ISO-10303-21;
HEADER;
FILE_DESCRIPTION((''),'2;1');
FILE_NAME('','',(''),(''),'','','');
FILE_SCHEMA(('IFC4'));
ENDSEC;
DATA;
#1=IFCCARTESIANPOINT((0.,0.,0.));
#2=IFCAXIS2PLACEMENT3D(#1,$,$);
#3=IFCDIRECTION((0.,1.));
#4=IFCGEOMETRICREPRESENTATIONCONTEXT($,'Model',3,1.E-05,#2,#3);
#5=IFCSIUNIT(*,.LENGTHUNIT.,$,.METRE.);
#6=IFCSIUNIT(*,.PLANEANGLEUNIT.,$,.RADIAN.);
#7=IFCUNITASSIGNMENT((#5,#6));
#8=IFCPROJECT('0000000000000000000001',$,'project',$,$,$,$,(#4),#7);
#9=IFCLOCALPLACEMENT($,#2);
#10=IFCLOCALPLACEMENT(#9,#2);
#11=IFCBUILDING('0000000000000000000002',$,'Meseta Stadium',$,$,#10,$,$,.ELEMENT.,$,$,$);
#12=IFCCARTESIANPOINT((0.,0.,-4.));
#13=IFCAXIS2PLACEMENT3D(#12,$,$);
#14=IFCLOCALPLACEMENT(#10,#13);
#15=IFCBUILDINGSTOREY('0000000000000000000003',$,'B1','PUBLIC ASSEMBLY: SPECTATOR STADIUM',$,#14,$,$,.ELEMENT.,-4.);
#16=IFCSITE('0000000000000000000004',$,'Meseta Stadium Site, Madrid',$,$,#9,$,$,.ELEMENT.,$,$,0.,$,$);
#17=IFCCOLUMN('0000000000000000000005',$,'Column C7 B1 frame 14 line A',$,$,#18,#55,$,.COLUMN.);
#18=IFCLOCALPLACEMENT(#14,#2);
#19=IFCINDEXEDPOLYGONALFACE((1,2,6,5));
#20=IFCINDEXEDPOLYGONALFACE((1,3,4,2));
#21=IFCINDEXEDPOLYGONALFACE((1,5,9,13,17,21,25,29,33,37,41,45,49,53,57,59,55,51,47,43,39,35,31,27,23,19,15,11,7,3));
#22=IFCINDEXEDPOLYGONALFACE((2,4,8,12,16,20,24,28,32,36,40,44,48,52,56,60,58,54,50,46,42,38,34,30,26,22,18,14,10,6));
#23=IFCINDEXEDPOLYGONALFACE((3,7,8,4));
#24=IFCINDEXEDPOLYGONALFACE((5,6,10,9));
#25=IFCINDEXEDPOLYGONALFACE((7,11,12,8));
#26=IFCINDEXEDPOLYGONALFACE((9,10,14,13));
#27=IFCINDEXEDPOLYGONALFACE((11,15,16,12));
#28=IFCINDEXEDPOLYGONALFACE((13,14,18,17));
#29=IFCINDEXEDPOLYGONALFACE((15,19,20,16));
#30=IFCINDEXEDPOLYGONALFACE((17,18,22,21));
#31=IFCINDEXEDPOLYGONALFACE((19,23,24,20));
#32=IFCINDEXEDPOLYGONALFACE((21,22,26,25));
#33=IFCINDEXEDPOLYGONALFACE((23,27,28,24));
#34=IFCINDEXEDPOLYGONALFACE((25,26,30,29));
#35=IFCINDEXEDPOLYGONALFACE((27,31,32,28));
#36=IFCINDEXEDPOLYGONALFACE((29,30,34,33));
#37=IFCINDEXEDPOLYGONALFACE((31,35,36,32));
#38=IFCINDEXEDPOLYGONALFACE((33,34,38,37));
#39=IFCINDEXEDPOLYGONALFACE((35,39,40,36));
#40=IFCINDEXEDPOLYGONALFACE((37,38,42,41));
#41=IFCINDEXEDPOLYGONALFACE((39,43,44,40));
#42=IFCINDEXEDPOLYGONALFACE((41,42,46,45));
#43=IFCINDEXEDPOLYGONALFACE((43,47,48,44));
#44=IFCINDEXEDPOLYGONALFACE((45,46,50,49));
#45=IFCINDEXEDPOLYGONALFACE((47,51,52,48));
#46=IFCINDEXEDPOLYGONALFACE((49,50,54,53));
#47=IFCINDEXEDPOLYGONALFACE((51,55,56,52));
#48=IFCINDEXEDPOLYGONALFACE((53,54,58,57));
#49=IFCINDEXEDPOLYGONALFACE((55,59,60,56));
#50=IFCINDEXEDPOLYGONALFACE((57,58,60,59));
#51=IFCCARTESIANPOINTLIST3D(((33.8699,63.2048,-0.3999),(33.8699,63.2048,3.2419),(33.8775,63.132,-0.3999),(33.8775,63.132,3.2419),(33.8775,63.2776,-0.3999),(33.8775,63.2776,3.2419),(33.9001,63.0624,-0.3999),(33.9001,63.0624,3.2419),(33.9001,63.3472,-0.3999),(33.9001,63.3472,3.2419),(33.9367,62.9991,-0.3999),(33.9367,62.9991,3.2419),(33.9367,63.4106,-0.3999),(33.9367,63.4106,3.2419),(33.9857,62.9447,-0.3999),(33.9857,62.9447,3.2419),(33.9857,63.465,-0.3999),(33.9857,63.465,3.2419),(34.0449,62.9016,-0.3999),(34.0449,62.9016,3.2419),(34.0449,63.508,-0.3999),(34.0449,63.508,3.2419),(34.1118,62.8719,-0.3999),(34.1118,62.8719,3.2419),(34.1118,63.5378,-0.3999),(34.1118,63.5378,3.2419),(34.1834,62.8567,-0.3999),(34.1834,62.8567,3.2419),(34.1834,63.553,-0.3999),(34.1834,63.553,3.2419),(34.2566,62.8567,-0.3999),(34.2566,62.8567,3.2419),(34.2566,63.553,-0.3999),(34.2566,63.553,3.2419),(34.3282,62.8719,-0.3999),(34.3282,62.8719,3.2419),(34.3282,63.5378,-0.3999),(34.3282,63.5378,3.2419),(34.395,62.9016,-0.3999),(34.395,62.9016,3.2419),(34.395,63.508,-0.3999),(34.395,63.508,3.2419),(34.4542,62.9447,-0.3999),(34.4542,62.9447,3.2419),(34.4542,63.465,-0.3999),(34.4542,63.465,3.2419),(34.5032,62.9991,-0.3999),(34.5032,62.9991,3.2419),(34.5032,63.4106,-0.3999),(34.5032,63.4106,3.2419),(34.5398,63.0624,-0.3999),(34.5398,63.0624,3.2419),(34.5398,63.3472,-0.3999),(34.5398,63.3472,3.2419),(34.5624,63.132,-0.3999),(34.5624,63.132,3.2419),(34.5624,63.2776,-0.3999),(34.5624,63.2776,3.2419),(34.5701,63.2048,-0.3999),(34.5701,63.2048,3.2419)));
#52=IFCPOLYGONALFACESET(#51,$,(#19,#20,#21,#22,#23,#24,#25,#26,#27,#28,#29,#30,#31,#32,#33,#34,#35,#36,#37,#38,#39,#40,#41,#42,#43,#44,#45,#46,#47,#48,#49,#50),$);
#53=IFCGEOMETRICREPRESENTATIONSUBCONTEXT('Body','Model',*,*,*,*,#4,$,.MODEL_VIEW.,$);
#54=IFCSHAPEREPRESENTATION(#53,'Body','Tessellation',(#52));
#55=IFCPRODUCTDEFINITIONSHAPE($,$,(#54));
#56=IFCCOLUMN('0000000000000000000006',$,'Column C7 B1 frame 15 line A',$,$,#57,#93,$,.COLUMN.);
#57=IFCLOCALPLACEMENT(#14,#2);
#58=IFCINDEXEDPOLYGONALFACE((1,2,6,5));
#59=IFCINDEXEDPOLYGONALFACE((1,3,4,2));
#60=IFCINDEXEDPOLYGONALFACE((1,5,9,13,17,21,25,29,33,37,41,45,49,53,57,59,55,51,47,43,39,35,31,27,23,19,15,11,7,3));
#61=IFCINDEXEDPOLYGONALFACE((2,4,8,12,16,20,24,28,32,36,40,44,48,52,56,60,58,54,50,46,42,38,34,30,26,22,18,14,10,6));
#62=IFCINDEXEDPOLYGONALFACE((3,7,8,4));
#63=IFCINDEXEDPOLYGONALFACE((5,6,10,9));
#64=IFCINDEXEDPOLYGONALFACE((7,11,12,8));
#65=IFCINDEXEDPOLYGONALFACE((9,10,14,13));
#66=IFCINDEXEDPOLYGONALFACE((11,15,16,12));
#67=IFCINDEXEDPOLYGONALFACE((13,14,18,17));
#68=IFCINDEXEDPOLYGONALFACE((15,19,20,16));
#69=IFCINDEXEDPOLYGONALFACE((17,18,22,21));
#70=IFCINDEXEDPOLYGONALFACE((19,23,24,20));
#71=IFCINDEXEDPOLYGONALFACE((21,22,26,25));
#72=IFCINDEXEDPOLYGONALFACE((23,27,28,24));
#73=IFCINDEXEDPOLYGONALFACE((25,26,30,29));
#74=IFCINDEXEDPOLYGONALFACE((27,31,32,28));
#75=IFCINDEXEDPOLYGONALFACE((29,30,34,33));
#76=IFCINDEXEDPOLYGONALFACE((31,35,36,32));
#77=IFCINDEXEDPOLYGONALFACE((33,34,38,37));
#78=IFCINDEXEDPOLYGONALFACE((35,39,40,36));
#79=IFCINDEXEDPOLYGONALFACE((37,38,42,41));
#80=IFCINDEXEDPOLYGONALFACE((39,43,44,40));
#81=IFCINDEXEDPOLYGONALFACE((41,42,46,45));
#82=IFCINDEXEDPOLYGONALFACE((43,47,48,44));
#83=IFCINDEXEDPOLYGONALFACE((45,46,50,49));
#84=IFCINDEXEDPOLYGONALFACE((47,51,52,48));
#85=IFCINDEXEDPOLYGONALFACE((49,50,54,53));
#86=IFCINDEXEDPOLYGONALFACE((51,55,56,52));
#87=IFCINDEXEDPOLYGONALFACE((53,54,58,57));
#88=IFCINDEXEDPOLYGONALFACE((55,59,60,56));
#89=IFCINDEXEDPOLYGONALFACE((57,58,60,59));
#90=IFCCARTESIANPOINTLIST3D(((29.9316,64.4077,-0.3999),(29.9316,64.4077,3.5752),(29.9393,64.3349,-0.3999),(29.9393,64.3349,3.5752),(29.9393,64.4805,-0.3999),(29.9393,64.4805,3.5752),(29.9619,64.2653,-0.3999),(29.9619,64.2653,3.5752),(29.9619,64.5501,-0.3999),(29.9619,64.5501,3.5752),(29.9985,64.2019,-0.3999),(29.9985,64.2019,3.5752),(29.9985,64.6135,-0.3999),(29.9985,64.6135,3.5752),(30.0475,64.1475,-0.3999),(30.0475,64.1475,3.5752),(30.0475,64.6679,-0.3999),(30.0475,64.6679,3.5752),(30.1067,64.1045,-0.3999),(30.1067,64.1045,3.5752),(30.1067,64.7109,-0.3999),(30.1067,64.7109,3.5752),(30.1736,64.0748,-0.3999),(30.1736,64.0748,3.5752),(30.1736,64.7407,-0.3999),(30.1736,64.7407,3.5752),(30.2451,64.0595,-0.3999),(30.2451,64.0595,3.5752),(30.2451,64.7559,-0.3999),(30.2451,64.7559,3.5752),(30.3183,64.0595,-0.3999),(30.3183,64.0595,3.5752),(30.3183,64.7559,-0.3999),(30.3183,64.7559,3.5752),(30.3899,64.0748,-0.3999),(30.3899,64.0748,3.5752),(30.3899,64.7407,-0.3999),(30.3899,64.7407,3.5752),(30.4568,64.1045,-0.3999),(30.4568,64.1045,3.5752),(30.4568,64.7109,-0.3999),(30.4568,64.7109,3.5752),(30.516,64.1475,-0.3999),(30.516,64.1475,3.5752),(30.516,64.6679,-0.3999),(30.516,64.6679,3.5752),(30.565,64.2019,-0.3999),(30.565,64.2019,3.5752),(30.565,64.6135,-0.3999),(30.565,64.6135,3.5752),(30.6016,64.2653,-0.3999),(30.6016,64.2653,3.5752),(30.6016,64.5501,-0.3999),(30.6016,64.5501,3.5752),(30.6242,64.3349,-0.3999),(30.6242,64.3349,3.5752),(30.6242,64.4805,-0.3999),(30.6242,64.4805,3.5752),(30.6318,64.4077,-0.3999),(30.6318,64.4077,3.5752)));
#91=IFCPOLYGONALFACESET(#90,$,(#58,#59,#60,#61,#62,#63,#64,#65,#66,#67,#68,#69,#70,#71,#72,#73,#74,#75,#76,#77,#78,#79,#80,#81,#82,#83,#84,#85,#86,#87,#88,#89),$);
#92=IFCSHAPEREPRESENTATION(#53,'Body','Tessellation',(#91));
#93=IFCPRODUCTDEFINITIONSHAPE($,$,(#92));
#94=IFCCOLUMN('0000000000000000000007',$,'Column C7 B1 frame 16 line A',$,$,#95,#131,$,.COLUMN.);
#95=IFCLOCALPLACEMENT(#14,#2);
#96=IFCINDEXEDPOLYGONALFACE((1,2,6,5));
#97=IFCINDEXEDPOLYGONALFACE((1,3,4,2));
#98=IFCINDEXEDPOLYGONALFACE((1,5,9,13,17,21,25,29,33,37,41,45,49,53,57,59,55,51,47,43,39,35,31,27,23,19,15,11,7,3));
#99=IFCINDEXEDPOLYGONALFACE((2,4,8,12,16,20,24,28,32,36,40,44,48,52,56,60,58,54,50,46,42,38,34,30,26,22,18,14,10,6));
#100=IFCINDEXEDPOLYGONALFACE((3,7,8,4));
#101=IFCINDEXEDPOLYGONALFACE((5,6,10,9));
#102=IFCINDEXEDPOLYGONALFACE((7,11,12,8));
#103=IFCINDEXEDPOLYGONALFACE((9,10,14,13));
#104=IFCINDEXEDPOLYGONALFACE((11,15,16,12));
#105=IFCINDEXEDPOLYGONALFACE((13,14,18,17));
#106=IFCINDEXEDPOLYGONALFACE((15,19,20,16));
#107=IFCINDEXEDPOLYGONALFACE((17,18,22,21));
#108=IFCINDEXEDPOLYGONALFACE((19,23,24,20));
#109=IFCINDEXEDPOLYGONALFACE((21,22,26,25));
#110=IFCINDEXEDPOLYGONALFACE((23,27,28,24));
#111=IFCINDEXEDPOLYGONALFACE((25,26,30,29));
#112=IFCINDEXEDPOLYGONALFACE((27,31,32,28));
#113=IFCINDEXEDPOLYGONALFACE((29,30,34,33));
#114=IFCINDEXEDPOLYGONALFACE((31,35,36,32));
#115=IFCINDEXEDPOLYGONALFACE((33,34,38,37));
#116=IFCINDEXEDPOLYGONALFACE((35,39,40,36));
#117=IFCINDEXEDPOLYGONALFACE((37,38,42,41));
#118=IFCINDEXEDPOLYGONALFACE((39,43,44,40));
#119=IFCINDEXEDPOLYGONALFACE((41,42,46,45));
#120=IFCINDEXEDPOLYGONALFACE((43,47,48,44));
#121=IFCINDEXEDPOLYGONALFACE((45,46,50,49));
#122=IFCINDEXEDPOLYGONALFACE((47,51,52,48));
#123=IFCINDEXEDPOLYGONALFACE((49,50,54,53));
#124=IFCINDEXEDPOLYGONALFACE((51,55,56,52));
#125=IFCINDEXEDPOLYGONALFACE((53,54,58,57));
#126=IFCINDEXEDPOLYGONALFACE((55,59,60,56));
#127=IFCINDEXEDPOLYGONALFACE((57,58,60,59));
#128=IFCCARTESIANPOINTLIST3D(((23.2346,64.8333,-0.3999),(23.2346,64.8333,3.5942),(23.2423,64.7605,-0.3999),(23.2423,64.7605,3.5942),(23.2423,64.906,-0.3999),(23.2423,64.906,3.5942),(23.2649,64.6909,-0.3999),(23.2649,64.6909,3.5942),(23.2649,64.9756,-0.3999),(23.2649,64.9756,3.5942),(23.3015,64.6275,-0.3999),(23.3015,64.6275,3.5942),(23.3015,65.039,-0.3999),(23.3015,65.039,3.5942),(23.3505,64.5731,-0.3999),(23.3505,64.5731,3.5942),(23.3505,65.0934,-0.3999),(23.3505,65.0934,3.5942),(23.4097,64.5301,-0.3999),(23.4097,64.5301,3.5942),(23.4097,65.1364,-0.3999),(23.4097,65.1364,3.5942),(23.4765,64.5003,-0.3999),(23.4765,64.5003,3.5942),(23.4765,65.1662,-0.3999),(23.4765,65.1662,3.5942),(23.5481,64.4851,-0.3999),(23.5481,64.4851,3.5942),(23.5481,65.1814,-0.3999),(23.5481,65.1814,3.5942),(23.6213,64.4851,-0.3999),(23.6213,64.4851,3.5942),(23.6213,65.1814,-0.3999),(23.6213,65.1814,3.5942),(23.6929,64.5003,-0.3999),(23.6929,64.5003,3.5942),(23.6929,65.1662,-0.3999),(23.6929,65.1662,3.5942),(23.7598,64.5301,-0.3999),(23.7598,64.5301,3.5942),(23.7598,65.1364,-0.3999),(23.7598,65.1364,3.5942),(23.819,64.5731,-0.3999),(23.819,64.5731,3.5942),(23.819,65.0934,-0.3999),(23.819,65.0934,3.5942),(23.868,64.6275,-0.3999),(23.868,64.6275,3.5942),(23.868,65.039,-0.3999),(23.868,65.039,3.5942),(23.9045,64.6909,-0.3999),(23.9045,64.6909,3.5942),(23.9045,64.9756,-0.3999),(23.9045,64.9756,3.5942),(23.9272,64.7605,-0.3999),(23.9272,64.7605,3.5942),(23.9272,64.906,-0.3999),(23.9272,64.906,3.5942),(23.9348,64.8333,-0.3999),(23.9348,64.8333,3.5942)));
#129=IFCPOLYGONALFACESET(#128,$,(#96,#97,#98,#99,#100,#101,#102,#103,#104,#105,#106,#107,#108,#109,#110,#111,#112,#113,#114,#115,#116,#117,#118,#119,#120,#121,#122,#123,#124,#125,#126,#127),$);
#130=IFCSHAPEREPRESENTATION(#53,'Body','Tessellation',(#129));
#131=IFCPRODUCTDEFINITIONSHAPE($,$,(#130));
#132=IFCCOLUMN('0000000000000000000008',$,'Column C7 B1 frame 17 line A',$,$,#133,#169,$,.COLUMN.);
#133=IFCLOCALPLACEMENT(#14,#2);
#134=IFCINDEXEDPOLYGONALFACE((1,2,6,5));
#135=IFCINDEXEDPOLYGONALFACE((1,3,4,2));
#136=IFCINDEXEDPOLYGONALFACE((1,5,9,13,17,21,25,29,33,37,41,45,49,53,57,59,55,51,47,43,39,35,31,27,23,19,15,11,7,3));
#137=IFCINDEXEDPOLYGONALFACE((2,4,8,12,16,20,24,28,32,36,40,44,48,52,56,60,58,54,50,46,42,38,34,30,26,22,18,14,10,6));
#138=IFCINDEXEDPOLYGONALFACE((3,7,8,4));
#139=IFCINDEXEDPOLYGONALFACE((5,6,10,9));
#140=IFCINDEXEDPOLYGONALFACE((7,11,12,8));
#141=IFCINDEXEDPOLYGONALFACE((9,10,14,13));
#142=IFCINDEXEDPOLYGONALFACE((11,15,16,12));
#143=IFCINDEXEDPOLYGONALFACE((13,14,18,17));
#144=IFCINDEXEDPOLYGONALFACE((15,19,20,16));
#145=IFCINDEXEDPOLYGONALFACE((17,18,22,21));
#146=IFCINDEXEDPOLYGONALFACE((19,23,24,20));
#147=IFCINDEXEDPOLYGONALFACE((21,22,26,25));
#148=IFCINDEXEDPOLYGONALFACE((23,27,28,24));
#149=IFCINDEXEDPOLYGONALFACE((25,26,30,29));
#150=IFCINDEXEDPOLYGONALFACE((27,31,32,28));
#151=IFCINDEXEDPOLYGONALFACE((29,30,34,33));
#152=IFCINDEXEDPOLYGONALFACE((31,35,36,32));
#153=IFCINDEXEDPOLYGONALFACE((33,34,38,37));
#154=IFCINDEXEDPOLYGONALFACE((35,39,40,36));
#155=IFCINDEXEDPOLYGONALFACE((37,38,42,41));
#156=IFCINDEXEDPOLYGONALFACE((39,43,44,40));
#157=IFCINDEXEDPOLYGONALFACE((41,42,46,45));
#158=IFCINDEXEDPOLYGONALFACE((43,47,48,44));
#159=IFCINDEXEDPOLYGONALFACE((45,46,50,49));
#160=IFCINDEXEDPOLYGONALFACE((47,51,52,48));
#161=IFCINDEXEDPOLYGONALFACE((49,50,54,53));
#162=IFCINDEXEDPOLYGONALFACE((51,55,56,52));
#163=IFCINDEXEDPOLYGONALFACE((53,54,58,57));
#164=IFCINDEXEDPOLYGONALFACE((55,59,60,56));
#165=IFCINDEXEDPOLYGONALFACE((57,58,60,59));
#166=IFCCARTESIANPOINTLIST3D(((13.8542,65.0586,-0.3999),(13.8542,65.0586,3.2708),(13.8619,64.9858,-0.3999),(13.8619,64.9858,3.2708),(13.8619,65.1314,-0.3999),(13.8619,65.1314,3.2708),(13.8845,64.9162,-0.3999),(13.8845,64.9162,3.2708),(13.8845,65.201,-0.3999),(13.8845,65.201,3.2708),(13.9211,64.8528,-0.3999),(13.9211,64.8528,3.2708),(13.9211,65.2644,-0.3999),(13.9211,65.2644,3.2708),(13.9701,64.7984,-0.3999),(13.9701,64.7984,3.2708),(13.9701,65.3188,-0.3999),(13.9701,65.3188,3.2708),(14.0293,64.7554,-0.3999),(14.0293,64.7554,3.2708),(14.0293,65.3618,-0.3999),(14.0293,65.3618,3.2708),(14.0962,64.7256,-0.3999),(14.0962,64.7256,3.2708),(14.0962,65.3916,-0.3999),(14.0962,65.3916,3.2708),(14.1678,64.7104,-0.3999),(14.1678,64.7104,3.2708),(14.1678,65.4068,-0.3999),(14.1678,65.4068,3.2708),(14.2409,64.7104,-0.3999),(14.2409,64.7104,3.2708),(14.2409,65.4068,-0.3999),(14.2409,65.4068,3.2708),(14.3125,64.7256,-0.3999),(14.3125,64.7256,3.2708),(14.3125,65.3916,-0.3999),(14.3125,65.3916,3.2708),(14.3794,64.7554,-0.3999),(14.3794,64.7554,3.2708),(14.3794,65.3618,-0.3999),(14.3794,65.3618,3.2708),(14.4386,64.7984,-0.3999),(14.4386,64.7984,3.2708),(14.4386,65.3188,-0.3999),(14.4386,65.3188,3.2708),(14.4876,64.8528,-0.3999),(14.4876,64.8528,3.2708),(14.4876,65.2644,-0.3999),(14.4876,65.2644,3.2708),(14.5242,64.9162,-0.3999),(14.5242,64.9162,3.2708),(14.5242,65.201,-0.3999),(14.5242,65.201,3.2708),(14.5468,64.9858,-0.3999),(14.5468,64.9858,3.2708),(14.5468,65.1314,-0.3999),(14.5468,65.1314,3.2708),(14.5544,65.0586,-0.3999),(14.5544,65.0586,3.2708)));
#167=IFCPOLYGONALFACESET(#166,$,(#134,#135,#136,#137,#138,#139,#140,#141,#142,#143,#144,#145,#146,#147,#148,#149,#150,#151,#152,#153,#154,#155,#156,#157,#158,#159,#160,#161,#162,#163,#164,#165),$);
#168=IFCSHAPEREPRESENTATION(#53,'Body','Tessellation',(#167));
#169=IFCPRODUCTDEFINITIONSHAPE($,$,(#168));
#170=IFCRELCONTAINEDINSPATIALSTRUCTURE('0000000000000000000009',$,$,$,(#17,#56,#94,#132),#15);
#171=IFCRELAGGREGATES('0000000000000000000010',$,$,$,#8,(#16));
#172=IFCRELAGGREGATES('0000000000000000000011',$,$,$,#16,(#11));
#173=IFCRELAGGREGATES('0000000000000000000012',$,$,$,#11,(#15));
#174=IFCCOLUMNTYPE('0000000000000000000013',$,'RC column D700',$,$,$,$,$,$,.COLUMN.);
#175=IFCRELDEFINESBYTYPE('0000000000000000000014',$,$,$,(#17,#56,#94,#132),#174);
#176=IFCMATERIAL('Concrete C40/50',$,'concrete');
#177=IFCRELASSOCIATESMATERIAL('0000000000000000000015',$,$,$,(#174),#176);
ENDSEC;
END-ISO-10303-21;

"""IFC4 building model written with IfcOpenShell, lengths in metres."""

from ifc_helpers import new_model, si_unit, direction, frame, origin, origin_2d, place, context, subcontext, project, spatial, circle, extrude, material, material_profile, profile_set, type_object, element, save


model = new_model("IFC4")

# Units and contexts
model_context = context("Model", 3, precision=1e-05, world=origin(), true_north=direction((0.0, 1.0)))
body_context = subcontext(model_context, "Body", "Model", "MODEL_VIEW")
ifc_project = project(units=[si_unit("LENGTHUNIT", "METRE"), si_unit("PLANEANGLEUNIT", "RADIAN")], contexts=[model_context])

# Site, building, storey
site_placement = place(None, origin())
site = spatial("IfcSite", under=ifc_project, at=site_placement, Name="Meseta Stadium Site, Madrid", CompositionType="ELEMENT", RefElevation=0.0)
building_placement = place(site_placement, origin())
building = spatial("IfcBuilding", under=site, at=building_placement, Name="Meseta Stadium", CompositionType="ELEMENT")
storey_placement = place(building_placement, frame((0.0, 0.0, -4.0)))
storey = spatial("IfcBuildingStorey", under=building, at=storey_placement, Name="B1", Description="PUBLIC ASSEMBLY: SPECTATOR STADIUM", CompositionType="ELEMENT", Elevation=-4.0)

# Columns
ifc_material_1 = material(Name="Concrete C40/50", Category="concrete")
ifc_material_profile_1 = material_profile(ifc_material_1, circle(Radius=0.3501, at=origin_2d()), Name="RC D700")
ifc_profile_set_1 = profile_set([ifc_material_profile_1], Name="Concrete C40/50")
column_type_1 = type_object("IfcColumnType", Name="RC column D700", PredefinedType="COLUMN", material=ifc_profile_set_1)
column_1_placement = place(storey_placement, frame((34.22, 63.2048, -0.3999), z_axis=(0.0, 0.0, 1.0), x_axis=(1.0, 0.0, 0.0)))
element("IfcColumn", 1, at=column_1_placement, inside=storey, type_object=column_type_1, Name="Column C7 B1 frame 14 line A", PredefinedType="COLUMN", context=body_context, shape_type="SweptSolid", body=[
    extrude(circle(Radius=0.3501, at=origin_2d()), origin(), (0.0, 0.0, 1.0), 3.6418),
])
column_2_placement = place(storey_placement, frame((30.2817, 64.4077, -0.3999), z_axis=(0.0, 0.0, 1.0), x_axis=(1.0, 0.0, 0.0)))
element("IfcColumn", 2, at=column_2_placement, inside=storey, type_object=column_type_1, Name="Column C7 B1 frame 15 line A", PredefinedType="COLUMN", context=body_context, shape_type="SweptSolid", body=[
    extrude(circle(Radius=0.3501, at=origin_2d()), origin(), (0.0, 0.0, 1.0), 3.9751),
])
column_3_placement = place(storey_placement, frame((23.5847, 64.8333, -0.3999), z_axis=(0.0, 0.0, 1.0), x_axis=(1.0, 0.0, 0.0)))
element("IfcColumn", 3, at=column_3_placement, inside=storey, type_object=column_type_1, Name="Column C7 B1 frame 16 line A", PredefinedType="COLUMN", context=body_context, shape_type="SweptSolid", body=[
    extrude(circle(Radius=0.3501, at=origin_2d()), origin(), (0.0, 0.0, 1.0), 3.9941),
])
column_4_placement = place(storey_placement, frame((14.2043, 65.0586, -0.3999), z_axis=(0.0, 0.0, 1.0), x_axis=(1.0, 0.0, 0.0)))
element("IfcColumn", 4, at=column_4_placement, inside=storey, type_object=column_type_1, Name="Column C7 B1 frame 17 line A", PredefinedType="COLUMN", context=body_context, shape_type="SweptSolid", body=[
    extrude(circle(Radius=0.3501, at=origin_2d()), origin(), (0.0, 0.0, 1.0), 3.6707),
])

save(model, "model.ifc")
